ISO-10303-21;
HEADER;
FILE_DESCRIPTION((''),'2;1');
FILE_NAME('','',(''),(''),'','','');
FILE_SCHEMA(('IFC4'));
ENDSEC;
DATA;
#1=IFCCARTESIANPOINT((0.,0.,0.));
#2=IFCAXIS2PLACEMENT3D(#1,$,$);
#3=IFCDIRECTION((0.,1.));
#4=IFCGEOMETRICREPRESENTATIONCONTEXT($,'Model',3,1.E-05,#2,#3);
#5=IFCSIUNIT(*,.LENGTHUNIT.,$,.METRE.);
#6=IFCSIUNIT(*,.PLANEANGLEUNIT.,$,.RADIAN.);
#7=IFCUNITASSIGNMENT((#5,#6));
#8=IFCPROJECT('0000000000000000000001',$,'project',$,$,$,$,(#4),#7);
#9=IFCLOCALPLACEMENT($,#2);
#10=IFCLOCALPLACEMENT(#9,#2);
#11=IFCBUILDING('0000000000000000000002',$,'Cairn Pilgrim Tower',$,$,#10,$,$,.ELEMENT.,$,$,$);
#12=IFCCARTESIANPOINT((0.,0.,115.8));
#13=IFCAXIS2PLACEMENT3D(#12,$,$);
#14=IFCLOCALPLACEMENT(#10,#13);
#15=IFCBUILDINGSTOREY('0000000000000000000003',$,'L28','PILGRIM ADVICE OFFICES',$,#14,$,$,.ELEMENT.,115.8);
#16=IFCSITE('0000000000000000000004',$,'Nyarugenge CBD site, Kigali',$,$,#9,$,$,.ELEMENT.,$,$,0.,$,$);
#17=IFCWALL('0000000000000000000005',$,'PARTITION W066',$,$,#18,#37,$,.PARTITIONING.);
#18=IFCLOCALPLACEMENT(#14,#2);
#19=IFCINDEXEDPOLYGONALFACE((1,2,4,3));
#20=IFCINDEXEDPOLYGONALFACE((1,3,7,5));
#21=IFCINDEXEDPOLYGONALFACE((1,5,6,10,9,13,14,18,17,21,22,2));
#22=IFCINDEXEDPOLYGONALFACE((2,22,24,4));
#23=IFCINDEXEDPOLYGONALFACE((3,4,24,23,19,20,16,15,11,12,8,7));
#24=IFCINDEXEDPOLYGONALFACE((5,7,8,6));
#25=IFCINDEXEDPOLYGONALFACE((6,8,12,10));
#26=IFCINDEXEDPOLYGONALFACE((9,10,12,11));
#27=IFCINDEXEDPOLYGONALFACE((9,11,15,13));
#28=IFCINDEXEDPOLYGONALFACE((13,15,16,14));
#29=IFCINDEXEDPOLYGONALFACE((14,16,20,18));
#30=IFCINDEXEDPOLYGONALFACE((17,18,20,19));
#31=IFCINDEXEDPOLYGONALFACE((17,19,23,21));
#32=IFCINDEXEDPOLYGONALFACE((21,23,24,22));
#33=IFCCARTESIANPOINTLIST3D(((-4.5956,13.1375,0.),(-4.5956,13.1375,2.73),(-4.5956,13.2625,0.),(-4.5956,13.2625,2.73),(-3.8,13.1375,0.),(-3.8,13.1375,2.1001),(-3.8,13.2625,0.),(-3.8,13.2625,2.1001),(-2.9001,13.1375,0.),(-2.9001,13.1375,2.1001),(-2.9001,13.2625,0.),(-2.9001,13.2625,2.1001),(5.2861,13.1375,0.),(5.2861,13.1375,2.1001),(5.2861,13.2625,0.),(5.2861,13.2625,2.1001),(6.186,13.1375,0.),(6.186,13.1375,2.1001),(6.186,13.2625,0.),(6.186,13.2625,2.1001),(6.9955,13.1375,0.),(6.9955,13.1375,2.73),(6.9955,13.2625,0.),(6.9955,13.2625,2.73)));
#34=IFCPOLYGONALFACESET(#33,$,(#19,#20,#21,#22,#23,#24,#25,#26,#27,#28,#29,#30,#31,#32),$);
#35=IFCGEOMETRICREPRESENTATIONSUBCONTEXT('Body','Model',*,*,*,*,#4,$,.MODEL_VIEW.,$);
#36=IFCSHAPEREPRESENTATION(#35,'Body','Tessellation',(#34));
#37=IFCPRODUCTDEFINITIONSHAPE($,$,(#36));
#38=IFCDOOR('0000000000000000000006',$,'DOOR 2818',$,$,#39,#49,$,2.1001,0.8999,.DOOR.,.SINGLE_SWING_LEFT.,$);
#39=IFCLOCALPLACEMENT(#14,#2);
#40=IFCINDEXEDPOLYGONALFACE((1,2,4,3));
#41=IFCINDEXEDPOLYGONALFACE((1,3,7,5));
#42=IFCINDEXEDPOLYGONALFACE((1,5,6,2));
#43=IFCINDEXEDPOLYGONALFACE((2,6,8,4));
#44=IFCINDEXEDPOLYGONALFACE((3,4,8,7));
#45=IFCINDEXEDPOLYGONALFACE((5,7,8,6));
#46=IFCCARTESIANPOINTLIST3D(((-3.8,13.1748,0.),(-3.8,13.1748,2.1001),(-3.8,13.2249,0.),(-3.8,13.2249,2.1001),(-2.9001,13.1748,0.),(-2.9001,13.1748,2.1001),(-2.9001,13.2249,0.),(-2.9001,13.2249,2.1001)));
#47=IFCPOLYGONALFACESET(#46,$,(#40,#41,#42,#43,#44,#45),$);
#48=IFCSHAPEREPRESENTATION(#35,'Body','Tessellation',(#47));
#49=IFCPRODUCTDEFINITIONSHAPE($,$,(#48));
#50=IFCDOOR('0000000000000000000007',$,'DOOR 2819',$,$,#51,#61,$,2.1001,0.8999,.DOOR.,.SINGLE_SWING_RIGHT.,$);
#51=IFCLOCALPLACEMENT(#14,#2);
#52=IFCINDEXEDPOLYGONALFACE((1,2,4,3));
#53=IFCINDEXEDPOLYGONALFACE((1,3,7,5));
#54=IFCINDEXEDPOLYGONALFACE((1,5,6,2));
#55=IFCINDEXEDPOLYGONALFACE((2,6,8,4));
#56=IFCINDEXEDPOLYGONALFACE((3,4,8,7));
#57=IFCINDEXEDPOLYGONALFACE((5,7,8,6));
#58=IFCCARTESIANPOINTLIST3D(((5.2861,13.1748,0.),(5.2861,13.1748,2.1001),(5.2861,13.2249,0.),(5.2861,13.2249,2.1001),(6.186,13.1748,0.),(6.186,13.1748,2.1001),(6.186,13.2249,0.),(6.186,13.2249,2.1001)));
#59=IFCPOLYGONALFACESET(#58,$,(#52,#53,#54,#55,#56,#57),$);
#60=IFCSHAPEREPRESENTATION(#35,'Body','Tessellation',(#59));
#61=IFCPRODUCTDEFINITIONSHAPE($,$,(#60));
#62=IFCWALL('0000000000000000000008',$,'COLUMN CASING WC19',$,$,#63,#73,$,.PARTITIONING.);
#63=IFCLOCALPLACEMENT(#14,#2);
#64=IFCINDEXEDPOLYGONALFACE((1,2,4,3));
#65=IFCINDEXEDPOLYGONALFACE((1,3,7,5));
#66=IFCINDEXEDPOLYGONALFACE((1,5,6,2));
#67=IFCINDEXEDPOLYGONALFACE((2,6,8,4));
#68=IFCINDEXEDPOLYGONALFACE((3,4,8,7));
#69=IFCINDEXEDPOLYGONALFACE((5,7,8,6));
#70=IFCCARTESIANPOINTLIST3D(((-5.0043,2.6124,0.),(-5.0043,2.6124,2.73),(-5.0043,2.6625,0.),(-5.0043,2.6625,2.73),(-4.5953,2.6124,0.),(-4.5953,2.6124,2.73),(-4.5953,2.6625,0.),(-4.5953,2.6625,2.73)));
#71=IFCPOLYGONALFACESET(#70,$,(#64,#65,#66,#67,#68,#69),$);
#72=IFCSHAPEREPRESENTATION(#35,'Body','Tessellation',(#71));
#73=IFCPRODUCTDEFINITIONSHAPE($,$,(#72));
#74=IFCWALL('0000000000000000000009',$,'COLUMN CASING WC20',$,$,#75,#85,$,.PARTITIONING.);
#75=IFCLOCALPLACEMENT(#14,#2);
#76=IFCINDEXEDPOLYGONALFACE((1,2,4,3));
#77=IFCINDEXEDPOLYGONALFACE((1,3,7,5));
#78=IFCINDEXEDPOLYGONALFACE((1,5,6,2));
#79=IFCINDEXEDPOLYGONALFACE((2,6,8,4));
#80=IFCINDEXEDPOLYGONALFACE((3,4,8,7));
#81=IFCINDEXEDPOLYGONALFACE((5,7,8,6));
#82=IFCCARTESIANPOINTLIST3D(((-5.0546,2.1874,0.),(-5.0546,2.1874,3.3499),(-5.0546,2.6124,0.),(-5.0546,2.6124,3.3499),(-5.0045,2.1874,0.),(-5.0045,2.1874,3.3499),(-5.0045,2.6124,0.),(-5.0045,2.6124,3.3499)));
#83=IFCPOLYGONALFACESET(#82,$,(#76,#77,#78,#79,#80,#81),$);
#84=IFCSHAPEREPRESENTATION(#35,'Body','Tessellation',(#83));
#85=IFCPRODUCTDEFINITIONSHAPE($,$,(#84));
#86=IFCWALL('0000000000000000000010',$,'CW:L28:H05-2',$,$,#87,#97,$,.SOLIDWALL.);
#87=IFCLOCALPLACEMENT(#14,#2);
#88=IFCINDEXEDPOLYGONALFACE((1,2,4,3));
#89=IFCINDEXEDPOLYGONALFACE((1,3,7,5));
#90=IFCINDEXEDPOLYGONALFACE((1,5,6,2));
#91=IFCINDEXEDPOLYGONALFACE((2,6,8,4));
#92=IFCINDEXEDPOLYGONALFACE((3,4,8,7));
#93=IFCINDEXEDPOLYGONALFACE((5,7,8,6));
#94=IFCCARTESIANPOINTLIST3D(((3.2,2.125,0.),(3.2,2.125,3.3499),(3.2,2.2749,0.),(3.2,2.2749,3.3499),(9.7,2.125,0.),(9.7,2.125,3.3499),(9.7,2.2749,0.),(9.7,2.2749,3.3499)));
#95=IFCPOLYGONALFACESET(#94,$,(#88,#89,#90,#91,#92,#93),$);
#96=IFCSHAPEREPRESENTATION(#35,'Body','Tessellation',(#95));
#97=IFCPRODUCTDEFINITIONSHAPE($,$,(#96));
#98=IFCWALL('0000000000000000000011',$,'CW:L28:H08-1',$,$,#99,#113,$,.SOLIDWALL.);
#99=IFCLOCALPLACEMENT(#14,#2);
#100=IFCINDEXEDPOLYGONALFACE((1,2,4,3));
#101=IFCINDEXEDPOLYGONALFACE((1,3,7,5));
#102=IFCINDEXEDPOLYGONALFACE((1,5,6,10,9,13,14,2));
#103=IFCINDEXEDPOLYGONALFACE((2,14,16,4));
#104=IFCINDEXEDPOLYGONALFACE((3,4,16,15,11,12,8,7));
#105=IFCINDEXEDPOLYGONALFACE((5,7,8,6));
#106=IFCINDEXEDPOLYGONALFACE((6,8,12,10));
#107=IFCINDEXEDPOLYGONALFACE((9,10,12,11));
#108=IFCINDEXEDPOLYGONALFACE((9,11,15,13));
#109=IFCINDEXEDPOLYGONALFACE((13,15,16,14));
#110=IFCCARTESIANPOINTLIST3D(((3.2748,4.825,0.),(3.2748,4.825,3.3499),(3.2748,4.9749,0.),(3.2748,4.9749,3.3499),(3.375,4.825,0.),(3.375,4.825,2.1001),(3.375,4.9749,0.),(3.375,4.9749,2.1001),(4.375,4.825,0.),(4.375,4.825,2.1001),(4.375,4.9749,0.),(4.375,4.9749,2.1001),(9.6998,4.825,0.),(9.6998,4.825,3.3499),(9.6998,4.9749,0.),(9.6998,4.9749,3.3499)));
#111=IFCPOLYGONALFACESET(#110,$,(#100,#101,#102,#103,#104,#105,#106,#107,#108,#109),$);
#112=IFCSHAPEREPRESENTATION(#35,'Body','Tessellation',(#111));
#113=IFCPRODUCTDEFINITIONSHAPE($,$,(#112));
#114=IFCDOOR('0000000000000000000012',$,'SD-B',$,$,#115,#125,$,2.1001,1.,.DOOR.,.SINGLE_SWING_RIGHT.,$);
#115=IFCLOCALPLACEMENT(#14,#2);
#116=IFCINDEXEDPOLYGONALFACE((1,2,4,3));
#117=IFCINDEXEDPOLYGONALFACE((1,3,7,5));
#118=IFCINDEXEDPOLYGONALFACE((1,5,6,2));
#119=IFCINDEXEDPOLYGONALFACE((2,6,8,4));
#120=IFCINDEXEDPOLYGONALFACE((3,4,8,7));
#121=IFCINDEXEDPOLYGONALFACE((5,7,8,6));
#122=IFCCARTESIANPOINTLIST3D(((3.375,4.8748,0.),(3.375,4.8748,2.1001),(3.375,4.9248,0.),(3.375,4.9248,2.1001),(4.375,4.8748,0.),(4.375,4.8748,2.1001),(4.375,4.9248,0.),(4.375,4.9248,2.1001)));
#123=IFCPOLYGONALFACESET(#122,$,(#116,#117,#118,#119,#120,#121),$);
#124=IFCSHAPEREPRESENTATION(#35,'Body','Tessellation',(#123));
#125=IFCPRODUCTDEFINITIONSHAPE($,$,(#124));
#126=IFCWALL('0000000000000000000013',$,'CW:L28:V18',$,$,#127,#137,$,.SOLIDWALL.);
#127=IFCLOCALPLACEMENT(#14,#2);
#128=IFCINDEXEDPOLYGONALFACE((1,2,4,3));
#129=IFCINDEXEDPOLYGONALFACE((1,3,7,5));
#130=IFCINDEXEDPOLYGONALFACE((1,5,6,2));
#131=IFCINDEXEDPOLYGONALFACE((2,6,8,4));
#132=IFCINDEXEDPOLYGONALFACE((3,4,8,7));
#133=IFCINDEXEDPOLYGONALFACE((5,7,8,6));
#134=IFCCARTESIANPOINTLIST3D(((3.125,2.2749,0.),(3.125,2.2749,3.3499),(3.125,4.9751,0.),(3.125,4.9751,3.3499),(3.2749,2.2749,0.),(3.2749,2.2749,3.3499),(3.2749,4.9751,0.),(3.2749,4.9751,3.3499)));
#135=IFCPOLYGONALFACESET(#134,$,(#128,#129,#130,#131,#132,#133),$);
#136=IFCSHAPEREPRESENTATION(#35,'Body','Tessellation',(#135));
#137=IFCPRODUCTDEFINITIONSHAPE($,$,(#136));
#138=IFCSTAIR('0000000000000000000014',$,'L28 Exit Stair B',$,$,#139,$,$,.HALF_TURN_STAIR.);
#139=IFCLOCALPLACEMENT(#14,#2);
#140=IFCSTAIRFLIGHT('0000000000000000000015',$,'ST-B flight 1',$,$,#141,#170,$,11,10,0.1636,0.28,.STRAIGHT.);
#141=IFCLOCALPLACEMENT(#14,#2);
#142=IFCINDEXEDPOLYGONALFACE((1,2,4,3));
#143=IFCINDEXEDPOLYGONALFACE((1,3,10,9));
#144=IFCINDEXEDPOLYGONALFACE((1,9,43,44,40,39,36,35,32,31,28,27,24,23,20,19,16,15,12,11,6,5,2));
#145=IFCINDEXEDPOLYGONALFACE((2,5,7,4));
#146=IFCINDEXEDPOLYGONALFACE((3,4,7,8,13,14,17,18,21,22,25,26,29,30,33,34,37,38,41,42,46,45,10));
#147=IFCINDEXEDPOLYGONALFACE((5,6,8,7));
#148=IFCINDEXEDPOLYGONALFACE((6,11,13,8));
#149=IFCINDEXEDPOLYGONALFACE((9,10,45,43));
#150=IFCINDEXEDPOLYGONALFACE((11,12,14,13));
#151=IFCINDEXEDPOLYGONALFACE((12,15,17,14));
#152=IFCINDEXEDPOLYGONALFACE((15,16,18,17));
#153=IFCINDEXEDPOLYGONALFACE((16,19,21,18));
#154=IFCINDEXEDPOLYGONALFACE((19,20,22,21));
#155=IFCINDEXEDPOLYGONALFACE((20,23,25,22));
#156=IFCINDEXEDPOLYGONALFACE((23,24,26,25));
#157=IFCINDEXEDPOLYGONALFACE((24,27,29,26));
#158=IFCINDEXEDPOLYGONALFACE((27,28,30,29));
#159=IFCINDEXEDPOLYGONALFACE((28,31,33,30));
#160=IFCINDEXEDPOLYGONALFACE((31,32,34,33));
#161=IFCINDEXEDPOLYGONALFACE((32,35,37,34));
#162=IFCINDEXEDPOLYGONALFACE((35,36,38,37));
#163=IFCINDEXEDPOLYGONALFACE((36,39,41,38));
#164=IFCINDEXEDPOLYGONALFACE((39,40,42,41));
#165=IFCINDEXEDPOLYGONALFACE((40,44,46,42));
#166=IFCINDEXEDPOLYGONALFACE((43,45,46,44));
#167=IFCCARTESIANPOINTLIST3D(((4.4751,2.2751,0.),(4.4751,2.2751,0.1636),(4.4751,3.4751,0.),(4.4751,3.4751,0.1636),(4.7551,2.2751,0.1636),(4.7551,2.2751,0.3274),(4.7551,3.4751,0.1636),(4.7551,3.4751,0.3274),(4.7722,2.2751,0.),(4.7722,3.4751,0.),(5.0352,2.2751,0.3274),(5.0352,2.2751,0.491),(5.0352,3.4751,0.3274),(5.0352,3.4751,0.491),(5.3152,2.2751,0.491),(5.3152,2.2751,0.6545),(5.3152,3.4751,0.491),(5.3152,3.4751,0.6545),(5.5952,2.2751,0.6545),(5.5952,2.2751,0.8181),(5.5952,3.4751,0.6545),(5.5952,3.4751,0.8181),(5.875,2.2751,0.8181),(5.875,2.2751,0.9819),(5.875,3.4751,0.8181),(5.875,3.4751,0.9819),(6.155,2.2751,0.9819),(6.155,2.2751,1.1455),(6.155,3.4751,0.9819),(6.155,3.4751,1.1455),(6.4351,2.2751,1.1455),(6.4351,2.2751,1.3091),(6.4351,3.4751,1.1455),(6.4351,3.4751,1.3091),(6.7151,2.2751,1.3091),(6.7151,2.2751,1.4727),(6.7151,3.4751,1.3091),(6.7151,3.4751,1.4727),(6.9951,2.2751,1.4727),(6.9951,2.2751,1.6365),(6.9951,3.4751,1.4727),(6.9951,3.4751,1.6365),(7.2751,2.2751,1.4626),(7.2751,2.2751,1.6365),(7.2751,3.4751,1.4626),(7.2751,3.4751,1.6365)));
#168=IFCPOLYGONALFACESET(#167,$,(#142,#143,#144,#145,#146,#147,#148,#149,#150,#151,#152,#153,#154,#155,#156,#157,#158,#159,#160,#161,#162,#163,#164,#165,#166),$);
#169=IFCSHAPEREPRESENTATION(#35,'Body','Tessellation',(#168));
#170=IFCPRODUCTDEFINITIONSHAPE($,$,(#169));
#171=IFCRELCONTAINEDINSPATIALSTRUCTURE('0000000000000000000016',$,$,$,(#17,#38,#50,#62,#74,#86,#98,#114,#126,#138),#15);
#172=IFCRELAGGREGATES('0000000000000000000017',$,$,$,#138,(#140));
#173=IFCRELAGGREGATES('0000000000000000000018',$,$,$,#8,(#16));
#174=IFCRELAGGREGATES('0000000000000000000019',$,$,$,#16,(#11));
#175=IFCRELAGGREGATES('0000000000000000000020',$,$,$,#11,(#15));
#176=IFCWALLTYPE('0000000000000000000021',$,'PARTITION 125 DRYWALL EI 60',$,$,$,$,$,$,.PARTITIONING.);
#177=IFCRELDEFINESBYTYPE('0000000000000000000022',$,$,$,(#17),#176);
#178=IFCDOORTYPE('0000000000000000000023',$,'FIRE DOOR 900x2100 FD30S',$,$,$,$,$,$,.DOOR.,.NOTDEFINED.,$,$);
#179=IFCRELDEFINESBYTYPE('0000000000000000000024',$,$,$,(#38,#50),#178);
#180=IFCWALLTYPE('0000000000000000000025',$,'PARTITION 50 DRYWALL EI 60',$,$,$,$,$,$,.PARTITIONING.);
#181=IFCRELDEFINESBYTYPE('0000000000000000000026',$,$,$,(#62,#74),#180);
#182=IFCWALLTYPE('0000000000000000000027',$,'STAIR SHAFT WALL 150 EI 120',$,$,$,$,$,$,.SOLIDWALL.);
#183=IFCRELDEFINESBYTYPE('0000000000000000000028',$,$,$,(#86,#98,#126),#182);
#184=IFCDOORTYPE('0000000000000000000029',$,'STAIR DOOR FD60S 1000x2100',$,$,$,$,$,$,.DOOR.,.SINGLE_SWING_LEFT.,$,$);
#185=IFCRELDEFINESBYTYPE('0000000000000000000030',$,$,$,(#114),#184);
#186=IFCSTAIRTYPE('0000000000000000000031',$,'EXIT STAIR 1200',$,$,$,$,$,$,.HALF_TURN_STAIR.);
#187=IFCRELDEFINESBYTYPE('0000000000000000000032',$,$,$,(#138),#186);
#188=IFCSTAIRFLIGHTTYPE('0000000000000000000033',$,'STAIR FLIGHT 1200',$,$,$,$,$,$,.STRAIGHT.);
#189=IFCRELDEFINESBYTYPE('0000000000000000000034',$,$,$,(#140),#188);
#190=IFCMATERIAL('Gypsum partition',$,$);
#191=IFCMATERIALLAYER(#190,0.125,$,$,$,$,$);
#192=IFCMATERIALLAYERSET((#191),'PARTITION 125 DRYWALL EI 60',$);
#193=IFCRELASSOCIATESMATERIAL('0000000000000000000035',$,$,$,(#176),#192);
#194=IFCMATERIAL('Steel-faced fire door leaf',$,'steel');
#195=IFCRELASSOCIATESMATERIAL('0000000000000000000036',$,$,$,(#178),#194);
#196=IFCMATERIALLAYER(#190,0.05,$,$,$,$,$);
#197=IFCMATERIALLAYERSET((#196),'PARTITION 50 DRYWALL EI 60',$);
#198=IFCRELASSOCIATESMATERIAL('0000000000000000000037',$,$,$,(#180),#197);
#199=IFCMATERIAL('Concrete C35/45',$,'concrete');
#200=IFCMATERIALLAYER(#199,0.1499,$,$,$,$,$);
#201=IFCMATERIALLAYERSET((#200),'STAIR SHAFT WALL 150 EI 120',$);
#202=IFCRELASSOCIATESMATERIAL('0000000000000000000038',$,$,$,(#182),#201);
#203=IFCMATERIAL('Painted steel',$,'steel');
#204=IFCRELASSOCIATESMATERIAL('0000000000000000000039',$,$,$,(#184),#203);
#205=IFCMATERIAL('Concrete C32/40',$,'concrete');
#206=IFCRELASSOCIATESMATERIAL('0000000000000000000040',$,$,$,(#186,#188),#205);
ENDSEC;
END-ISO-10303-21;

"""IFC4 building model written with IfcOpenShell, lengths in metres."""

from ifc_helpers import new_model, si_unit, direction, frame, frame_2d, origin, place, context, subcontext, project, spatial, polyline, rectangle, outline, extrude, material, layer, layer_set, type_object, element, fill, aggregate, save


model = new_model("IFC4")

# Units and contexts
model_context = context("Model", 3, precision=1e-05, world=origin(), true_north=direction((0.0, 1.0)))
body_context = subcontext(model_context, "Body", "Model", "MODEL_VIEW")
ifc_project = project(units=[si_unit("LENGTHUNIT", "METRE"), si_unit("PLANEANGLEUNIT", "RADIAN")], contexts=[model_context])

# Site, building, storey
site_placement = place(None, origin())
site = spatial("IfcSite", under=ifc_project, at=site_placement, Name="Nyarugenge CBD site, Kigali", CompositionType="ELEMENT", RefElevation=0.0)
building_placement = place(site_placement, origin())
building = spatial("IfcBuilding", under=site, at=building_placement, Name="Cairn Pilgrim Tower", CompositionType="ELEMENT")
storey_placement = place(building_placement, frame((0.0, 0.0, 115.8)))
storey = spatial("IfcBuildingStorey", under=building, at=storey_placement, Name="L28", Description="PILGRIM ADVICE OFFICES", CompositionType="ELEMENT", Elevation=115.8)

# Shared definitions
ifc_material_1 = material(Name="Concrete C32/40", Category="concrete")

# Shared definitions
ifc_material_2 = material(Name="Painted steel", Category="steel")

# Shared definitions
ifc_material_3 = material(Name="Gypsum partition")
ifc_layer_1 = layer(ifc_material_3, 0.125)
ifc_layer_set_1 = layer_set([ifc_layer_1], Name="PARTITION 125 DRYWALL EI 60")
wall_type_1 = type_object("IfcWallType", Name="PARTITION 125 DRYWALL EI 60", PredefinedType="PARTITIONING", material=ifc_layer_set_1)

# Wall, openings, doors
wall_1_placement = place(storey_placement, frame((-4.5955, 13.2, 0.0), z_axis=(0.0, 0.0, 1.0), x_axis=(1.0, 0.0, 0.0)))
wall_1 = element("IfcWall", 1, at=wall_1_placement, inside=storey, type_object=wall_type_1, Name="PARTITION W066", PredefinedType="PARTITIONING", context=body_context, shape_type="SweptSolid", body=[
    extrude(rectangle(XDim=11.5911, YDim=0.125, at=frame_2d((5.7954, 0.0))), origin(), (0.0, 0.0, 1.0), 2.73),
])
opening_1_placement = place(wall_1_placement, frame((0.7954, 0.0, 0.0)))
opening_1 = element("IfcOpeningElement", 2, at=opening_1_placement, cuts=wall_1, PredefinedType="OPENING", context=body_context, shape_type="SweptSolid", body=[
    extrude(rectangle(XDim=0.8999, YDim=2.1001, at=frame_2d((0.45, 1.05))), frame((0.0, 0.0725, 0.0), z_axis=(0.0, -1.0, 0.0), x_axis=(1.0, 0.0, 0.0)), (0.0, 0.0, 1.0), 0.145),
])
opening_2_placement = place(wall_1_placement, frame((9.8816, 0.0, 0.0)))
opening_2 = element("IfcOpeningElement", 3, at=opening_2_placement, cuts=wall_1, PredefinedType="OPENING", context=body_context, shape_type="SweptSolid", body=[
    extrude(rectangle(XDim=0.8999, YDim=2.1001, at=frame_2d((0.45, 1.05))), frame((0.0, 0.0725, 0.0), z_axis=(0.0, -1.0, 0.0), x_axis=(1.0, 0.0, 0.0)), (0.0, 0.0, 1.0), 0.145),
])
ifc_material_4 = material(Name="Steel-faced fire door leaf", Category="steel")
door_type_1 = type_object("IfcDoorType", Name="FIRE DOOR 900x2100 FD30S", OperationType="NOTDEFINED", PredefinedType="DOOR", material=ifc_material_4)
door_1_placement = place(opening_1_placement, origin())
door_1 = element("IfcDoor", 4, at=door_1_placement, inside=storey, type_object=door_type_1, Name="DOOR 2818", OperationType="SINGLE_SWING_LEFT", OverallHeight=2.1001, OverallWidth=0.8999, PredefinedType="DOOR", context=body_context, shape_type="SweptSolid", body=[
    extrude(rectangle(XDim=0.8999, YDim=2.1001, at=frame_2d((0.45, 1.05))), frame((0.0, 0.0249, 0.0), z_axis=(0.0, -1.0, 0.0), x_axis=(1.0, 0.0, 0.0)), (0.0, 0.0, 1.0), 0.05),
])
fill(opening_1, door_1)
door_2_placement = place(opening_2_placement, origin())
door_2 = element("IfcDoor", 5, at=door_2_placement, inside=storey, type_object=door_type_1, Name="DOOR 2819", OperationType="SINGLE_SWING_RIGHT", OverallHeight=2.1001, OverallWidth=0.8999, PredefinedType="DOOR", context=body_context, shape_type="SweptSolid", body=[
    extrude(rectangle(XDim=0.8999, YDim=2.1001, at=frame_2d((0.45, 1.05))), frame((0.0, 0.0249, 0.0), z_axis=(0.0, -1.0, 0.0), x_axis=(1.0, 0.0, 0.0)), (0.0, 0.0, 1.0), 0.05),
])
fill(opening_2, door_2)

# Walls
ifc_layer_2 = layer(ifc_material_3, 0.05)
ifc_layer_set_2 = layer_set([ifc_layer_2], Name="PARTITION 50 DRYWALL EI 60")
wall_type_2 = type_object("IfcWallType", Name="PARTITION 50 DRYWALL EI 60", PredefinedType="PARTITIONING", material=ifc_layer_set_2)
wall_2_placement = place(storey_placement, frame((-5.0044, 2.6375, 0.0), z_axis=(0.0, 0.0, 1.0), x_axis=(1.0, 0.0, 0.0)))
element("IfcWall", 6, at=wall_2_placement, inside=storey, type_object=wall_type_2, Name="COLUMN CASING WC19", PredefinedType="PARTITIONING", context=body_context, shape_type="SweptSolid", body=[
    extrude(rectangle(XDim=0.4089, YDim=0.05, at=frame_2d((0.2046, 0.0))), origin(), (0.0, 0.0, 1.0), 2.73),
])
wall_3_placement = place(storey_placement, frame((-5.0295, 2.1875, 0.0), z_axis=(0.0, 0.0, 1.0), x_axis=(0.0, 1.0, 0.0)))
element("IfcWall", 7, at=wall_3_placement, inside=storey, type_object=wall_type_2, Name="COLUMN CASING WC20", PredefinedType="PARTITIONING", context=body_context, shape_type="SweptSolid", body=[
    extrude(rectangle(XDim=0.425, YDim=0.05, at=frame_2d((0.2124, 0.0))), origin(), (0.0, 0.0, 1.0), 3.3499),
])
ifc_material_5 = material(Name="Concrete C35/45", Category="concrete")
ifc_layer_3 = layer(ifc_material_5, 0.1499)
ifc_layer_set_3 = layer_set([ifc_layer_3], Name="STAIR SHAFT WALL 150 EI 120")
wall_type_3 = type_object("IfcWallType", Name="STAIR SHAFT WALL 150 EI 120", PredefinedType="SOLIDWALL", material=ifc_layer_set_3)
wall_4_placement = place(storey_placement, frame((3.2, 2.2, 0.0), z_axis=(0.0, 0.0, 1.0), x_axis=(1.0, 0.0, 0.0)))
element("IfcWall", 8, at=wall_4_placement, inside=storey, type_object=wall_type_3, Name="CW:L28:H05-2", PredefinedType="SOLIDWALL", context=body_context, shape_type="SweptSolid", body=[
    extrude(rectangle(XDim=6.5, YDim=0.1499, at=frame_2d((3.25, 0.0))), origin(), (0.0, 0.0, 1.0), 3.3499),
])

# Wall, opening, door
wall_5_placement = place(storey_placement, frame((3.2749, 4.8999, 0.0), z_axis=(0.0, 0.0, 1.0), x_axis=(1.0, 0.0, 0.0)))
wall_5 = element("IfcWall", 9, at=wall_5_placement, inside=storey, type_object=wall_type_3, Name="CW:L28:H08-1", PredefinedType="SOLIDWALL", context=body_context, shape_type="SweptSolid", body=[
    extrude(rectangle(XDim=6.425, YDim=0.1499, at=frame_2d((3.2124, 0.0))), origin(), (0.0, 0.0, 1.0), 3.3499),
])
opening_3_placement = place(wall_5_placement, frame((0.1001, 0.0, 0.0)))
opening_3 = element("IfcOpeningElement", 10, at=opening_3_placement, cuts=wall_5, PredefinedType="OPENING", context=body_context, shape_type="SweptSolid", body=[
    extrude(rectangle(XDim=1.0, YDim=2.1001, at=frame_2d((0.5, 1.05))), frame((0.0, 0.085, 0.0), z_axis=(0.0, -1.0, 0.0), x_axis=(1.0, 0.0, 0.0)), (0.0, 0.0, 1.0), 0.1699),
])
door_type_2 = type_object("IfcDoorType", Name="STAIR DOOR FD60S 1000x2100", OperationType="SINGLE_SWING_LEFT", PredefinedType="DOOR", material=ifc_material_2)
door_3_placement = place(opening_3_placement, origin())
door_3 = element("IfcDoor", 11, at=door_3_placement, inside=storey, type_object=door_type_2, Name="SD-B", OperationType="SINGLE_SWING_RIGHT", OverallHeight=2.1001, OverallWidth=1.0, PredefinedType="DOOR", context=body_context, shape_type="SweptSolid", body=[
    extrude(rectangle(XDim=1.0, YDim=2.1001, at=frame_2d((0.5, 1.05))), frame((0.0, 0.0249, 0.0), z_axis=(0.0, -1.0, 0.0), x_axis=(1.0, 0.0, 0.0)), (0.0, 0.0, 1.0), 0.05),
])
fill(opening_3, door_3)

# Wall
wall_6_placement = place(storey_placement, frame((3.2, 2.2749, 0.0), z_axis=(0.0, 0.0, 1.0), x_axis=(0.0, 1.0, 0.0)))
element("IfcWall", 12, at=wall_6_placement, inside=storey, type_object=wall_type_3, Name="CW:L28:V18", PredefinedType="SOLIDWALL", context=body_context, shape_type="SweptSolid", body=[
    extrude(rectangle(XDim=2.7002, YDim=0.1499, at=frame_2d((1.3501, 0.0))), origin(), (0.0, 0.0, 1.0), 3.3499),
])

# Stair, stair flight
stair_type = type_object("IfcStairType", Name="EXIT STAIR 1200", PredefinedType="HALF_TURN_STAIR", material=ifc_material_1)
stair_placement = place(storey_placement, origin())
stair = element("IfcStair", 13, at=stair_placement, inside=storey, type_object=stair_type, Name="L28 Exit Stair B", PredefinedType="HALF_TURN_STAIR")
stair_flight_type = type_object("IfcStairFlightType", Name="STAIR FLIGHT 1200", PredefinedType="STRAIGHT", material=ifc_material_1)
stair_flight_placement = place(storey_placement, frame((4.4751, 2.875, 0.0), z_axis=(0.0, 0.0, 1.0), x_axis=(1.0, 0.0, 0.0)))
stair_flight = element("IfcStairFlight", 14, at=stair_flight_placement, type_object=stair_flight_type, Name="ST-B flight 1", NumberOfRisers=11, NumberOfTreads=10, PredefinedType="STRAIGHT", RiserHeight=0.1636, TreadLength=0.28, context=body_context, shape_type="SweptSolid", body=[
    extrude(outline(polyline([(0.0, 0.0), (0.0, 0.1636), (0.28, 0.1636), (0.28, 0.3274), (0.5601, 0.3274), (0.5601, 0.491), (0.8401, 0.491), (0.8401, 0.6545), (1.1201, 0.6545), (1.1201, 0.8181), (1.3999, 0.8181), (1.3999, 0.9819), (1.6799, 0.9819), (1.6799, 1.1455), (1.96, 1.1455), (1.96, 1.3091), (2.24, 1.3091), (2.24, 1.4727), (2.52, 1.4727), (2.52, 1.6365), (2.8, 1.6365), (2.8, 1.8), (2.8, 1.4626), (0.2971, 0.0), (0.0, 0.0)])), frame((0.0, 0.6001, 0.0), z_axis=(0.0, -1.0, 0.0), x_axis=(1.0, 0.0, 0.0)), (0.0, 0.0, 1.0), 1.2),
])
aggregate(stair, [stair_flight])

save(model, "model.ifc")
